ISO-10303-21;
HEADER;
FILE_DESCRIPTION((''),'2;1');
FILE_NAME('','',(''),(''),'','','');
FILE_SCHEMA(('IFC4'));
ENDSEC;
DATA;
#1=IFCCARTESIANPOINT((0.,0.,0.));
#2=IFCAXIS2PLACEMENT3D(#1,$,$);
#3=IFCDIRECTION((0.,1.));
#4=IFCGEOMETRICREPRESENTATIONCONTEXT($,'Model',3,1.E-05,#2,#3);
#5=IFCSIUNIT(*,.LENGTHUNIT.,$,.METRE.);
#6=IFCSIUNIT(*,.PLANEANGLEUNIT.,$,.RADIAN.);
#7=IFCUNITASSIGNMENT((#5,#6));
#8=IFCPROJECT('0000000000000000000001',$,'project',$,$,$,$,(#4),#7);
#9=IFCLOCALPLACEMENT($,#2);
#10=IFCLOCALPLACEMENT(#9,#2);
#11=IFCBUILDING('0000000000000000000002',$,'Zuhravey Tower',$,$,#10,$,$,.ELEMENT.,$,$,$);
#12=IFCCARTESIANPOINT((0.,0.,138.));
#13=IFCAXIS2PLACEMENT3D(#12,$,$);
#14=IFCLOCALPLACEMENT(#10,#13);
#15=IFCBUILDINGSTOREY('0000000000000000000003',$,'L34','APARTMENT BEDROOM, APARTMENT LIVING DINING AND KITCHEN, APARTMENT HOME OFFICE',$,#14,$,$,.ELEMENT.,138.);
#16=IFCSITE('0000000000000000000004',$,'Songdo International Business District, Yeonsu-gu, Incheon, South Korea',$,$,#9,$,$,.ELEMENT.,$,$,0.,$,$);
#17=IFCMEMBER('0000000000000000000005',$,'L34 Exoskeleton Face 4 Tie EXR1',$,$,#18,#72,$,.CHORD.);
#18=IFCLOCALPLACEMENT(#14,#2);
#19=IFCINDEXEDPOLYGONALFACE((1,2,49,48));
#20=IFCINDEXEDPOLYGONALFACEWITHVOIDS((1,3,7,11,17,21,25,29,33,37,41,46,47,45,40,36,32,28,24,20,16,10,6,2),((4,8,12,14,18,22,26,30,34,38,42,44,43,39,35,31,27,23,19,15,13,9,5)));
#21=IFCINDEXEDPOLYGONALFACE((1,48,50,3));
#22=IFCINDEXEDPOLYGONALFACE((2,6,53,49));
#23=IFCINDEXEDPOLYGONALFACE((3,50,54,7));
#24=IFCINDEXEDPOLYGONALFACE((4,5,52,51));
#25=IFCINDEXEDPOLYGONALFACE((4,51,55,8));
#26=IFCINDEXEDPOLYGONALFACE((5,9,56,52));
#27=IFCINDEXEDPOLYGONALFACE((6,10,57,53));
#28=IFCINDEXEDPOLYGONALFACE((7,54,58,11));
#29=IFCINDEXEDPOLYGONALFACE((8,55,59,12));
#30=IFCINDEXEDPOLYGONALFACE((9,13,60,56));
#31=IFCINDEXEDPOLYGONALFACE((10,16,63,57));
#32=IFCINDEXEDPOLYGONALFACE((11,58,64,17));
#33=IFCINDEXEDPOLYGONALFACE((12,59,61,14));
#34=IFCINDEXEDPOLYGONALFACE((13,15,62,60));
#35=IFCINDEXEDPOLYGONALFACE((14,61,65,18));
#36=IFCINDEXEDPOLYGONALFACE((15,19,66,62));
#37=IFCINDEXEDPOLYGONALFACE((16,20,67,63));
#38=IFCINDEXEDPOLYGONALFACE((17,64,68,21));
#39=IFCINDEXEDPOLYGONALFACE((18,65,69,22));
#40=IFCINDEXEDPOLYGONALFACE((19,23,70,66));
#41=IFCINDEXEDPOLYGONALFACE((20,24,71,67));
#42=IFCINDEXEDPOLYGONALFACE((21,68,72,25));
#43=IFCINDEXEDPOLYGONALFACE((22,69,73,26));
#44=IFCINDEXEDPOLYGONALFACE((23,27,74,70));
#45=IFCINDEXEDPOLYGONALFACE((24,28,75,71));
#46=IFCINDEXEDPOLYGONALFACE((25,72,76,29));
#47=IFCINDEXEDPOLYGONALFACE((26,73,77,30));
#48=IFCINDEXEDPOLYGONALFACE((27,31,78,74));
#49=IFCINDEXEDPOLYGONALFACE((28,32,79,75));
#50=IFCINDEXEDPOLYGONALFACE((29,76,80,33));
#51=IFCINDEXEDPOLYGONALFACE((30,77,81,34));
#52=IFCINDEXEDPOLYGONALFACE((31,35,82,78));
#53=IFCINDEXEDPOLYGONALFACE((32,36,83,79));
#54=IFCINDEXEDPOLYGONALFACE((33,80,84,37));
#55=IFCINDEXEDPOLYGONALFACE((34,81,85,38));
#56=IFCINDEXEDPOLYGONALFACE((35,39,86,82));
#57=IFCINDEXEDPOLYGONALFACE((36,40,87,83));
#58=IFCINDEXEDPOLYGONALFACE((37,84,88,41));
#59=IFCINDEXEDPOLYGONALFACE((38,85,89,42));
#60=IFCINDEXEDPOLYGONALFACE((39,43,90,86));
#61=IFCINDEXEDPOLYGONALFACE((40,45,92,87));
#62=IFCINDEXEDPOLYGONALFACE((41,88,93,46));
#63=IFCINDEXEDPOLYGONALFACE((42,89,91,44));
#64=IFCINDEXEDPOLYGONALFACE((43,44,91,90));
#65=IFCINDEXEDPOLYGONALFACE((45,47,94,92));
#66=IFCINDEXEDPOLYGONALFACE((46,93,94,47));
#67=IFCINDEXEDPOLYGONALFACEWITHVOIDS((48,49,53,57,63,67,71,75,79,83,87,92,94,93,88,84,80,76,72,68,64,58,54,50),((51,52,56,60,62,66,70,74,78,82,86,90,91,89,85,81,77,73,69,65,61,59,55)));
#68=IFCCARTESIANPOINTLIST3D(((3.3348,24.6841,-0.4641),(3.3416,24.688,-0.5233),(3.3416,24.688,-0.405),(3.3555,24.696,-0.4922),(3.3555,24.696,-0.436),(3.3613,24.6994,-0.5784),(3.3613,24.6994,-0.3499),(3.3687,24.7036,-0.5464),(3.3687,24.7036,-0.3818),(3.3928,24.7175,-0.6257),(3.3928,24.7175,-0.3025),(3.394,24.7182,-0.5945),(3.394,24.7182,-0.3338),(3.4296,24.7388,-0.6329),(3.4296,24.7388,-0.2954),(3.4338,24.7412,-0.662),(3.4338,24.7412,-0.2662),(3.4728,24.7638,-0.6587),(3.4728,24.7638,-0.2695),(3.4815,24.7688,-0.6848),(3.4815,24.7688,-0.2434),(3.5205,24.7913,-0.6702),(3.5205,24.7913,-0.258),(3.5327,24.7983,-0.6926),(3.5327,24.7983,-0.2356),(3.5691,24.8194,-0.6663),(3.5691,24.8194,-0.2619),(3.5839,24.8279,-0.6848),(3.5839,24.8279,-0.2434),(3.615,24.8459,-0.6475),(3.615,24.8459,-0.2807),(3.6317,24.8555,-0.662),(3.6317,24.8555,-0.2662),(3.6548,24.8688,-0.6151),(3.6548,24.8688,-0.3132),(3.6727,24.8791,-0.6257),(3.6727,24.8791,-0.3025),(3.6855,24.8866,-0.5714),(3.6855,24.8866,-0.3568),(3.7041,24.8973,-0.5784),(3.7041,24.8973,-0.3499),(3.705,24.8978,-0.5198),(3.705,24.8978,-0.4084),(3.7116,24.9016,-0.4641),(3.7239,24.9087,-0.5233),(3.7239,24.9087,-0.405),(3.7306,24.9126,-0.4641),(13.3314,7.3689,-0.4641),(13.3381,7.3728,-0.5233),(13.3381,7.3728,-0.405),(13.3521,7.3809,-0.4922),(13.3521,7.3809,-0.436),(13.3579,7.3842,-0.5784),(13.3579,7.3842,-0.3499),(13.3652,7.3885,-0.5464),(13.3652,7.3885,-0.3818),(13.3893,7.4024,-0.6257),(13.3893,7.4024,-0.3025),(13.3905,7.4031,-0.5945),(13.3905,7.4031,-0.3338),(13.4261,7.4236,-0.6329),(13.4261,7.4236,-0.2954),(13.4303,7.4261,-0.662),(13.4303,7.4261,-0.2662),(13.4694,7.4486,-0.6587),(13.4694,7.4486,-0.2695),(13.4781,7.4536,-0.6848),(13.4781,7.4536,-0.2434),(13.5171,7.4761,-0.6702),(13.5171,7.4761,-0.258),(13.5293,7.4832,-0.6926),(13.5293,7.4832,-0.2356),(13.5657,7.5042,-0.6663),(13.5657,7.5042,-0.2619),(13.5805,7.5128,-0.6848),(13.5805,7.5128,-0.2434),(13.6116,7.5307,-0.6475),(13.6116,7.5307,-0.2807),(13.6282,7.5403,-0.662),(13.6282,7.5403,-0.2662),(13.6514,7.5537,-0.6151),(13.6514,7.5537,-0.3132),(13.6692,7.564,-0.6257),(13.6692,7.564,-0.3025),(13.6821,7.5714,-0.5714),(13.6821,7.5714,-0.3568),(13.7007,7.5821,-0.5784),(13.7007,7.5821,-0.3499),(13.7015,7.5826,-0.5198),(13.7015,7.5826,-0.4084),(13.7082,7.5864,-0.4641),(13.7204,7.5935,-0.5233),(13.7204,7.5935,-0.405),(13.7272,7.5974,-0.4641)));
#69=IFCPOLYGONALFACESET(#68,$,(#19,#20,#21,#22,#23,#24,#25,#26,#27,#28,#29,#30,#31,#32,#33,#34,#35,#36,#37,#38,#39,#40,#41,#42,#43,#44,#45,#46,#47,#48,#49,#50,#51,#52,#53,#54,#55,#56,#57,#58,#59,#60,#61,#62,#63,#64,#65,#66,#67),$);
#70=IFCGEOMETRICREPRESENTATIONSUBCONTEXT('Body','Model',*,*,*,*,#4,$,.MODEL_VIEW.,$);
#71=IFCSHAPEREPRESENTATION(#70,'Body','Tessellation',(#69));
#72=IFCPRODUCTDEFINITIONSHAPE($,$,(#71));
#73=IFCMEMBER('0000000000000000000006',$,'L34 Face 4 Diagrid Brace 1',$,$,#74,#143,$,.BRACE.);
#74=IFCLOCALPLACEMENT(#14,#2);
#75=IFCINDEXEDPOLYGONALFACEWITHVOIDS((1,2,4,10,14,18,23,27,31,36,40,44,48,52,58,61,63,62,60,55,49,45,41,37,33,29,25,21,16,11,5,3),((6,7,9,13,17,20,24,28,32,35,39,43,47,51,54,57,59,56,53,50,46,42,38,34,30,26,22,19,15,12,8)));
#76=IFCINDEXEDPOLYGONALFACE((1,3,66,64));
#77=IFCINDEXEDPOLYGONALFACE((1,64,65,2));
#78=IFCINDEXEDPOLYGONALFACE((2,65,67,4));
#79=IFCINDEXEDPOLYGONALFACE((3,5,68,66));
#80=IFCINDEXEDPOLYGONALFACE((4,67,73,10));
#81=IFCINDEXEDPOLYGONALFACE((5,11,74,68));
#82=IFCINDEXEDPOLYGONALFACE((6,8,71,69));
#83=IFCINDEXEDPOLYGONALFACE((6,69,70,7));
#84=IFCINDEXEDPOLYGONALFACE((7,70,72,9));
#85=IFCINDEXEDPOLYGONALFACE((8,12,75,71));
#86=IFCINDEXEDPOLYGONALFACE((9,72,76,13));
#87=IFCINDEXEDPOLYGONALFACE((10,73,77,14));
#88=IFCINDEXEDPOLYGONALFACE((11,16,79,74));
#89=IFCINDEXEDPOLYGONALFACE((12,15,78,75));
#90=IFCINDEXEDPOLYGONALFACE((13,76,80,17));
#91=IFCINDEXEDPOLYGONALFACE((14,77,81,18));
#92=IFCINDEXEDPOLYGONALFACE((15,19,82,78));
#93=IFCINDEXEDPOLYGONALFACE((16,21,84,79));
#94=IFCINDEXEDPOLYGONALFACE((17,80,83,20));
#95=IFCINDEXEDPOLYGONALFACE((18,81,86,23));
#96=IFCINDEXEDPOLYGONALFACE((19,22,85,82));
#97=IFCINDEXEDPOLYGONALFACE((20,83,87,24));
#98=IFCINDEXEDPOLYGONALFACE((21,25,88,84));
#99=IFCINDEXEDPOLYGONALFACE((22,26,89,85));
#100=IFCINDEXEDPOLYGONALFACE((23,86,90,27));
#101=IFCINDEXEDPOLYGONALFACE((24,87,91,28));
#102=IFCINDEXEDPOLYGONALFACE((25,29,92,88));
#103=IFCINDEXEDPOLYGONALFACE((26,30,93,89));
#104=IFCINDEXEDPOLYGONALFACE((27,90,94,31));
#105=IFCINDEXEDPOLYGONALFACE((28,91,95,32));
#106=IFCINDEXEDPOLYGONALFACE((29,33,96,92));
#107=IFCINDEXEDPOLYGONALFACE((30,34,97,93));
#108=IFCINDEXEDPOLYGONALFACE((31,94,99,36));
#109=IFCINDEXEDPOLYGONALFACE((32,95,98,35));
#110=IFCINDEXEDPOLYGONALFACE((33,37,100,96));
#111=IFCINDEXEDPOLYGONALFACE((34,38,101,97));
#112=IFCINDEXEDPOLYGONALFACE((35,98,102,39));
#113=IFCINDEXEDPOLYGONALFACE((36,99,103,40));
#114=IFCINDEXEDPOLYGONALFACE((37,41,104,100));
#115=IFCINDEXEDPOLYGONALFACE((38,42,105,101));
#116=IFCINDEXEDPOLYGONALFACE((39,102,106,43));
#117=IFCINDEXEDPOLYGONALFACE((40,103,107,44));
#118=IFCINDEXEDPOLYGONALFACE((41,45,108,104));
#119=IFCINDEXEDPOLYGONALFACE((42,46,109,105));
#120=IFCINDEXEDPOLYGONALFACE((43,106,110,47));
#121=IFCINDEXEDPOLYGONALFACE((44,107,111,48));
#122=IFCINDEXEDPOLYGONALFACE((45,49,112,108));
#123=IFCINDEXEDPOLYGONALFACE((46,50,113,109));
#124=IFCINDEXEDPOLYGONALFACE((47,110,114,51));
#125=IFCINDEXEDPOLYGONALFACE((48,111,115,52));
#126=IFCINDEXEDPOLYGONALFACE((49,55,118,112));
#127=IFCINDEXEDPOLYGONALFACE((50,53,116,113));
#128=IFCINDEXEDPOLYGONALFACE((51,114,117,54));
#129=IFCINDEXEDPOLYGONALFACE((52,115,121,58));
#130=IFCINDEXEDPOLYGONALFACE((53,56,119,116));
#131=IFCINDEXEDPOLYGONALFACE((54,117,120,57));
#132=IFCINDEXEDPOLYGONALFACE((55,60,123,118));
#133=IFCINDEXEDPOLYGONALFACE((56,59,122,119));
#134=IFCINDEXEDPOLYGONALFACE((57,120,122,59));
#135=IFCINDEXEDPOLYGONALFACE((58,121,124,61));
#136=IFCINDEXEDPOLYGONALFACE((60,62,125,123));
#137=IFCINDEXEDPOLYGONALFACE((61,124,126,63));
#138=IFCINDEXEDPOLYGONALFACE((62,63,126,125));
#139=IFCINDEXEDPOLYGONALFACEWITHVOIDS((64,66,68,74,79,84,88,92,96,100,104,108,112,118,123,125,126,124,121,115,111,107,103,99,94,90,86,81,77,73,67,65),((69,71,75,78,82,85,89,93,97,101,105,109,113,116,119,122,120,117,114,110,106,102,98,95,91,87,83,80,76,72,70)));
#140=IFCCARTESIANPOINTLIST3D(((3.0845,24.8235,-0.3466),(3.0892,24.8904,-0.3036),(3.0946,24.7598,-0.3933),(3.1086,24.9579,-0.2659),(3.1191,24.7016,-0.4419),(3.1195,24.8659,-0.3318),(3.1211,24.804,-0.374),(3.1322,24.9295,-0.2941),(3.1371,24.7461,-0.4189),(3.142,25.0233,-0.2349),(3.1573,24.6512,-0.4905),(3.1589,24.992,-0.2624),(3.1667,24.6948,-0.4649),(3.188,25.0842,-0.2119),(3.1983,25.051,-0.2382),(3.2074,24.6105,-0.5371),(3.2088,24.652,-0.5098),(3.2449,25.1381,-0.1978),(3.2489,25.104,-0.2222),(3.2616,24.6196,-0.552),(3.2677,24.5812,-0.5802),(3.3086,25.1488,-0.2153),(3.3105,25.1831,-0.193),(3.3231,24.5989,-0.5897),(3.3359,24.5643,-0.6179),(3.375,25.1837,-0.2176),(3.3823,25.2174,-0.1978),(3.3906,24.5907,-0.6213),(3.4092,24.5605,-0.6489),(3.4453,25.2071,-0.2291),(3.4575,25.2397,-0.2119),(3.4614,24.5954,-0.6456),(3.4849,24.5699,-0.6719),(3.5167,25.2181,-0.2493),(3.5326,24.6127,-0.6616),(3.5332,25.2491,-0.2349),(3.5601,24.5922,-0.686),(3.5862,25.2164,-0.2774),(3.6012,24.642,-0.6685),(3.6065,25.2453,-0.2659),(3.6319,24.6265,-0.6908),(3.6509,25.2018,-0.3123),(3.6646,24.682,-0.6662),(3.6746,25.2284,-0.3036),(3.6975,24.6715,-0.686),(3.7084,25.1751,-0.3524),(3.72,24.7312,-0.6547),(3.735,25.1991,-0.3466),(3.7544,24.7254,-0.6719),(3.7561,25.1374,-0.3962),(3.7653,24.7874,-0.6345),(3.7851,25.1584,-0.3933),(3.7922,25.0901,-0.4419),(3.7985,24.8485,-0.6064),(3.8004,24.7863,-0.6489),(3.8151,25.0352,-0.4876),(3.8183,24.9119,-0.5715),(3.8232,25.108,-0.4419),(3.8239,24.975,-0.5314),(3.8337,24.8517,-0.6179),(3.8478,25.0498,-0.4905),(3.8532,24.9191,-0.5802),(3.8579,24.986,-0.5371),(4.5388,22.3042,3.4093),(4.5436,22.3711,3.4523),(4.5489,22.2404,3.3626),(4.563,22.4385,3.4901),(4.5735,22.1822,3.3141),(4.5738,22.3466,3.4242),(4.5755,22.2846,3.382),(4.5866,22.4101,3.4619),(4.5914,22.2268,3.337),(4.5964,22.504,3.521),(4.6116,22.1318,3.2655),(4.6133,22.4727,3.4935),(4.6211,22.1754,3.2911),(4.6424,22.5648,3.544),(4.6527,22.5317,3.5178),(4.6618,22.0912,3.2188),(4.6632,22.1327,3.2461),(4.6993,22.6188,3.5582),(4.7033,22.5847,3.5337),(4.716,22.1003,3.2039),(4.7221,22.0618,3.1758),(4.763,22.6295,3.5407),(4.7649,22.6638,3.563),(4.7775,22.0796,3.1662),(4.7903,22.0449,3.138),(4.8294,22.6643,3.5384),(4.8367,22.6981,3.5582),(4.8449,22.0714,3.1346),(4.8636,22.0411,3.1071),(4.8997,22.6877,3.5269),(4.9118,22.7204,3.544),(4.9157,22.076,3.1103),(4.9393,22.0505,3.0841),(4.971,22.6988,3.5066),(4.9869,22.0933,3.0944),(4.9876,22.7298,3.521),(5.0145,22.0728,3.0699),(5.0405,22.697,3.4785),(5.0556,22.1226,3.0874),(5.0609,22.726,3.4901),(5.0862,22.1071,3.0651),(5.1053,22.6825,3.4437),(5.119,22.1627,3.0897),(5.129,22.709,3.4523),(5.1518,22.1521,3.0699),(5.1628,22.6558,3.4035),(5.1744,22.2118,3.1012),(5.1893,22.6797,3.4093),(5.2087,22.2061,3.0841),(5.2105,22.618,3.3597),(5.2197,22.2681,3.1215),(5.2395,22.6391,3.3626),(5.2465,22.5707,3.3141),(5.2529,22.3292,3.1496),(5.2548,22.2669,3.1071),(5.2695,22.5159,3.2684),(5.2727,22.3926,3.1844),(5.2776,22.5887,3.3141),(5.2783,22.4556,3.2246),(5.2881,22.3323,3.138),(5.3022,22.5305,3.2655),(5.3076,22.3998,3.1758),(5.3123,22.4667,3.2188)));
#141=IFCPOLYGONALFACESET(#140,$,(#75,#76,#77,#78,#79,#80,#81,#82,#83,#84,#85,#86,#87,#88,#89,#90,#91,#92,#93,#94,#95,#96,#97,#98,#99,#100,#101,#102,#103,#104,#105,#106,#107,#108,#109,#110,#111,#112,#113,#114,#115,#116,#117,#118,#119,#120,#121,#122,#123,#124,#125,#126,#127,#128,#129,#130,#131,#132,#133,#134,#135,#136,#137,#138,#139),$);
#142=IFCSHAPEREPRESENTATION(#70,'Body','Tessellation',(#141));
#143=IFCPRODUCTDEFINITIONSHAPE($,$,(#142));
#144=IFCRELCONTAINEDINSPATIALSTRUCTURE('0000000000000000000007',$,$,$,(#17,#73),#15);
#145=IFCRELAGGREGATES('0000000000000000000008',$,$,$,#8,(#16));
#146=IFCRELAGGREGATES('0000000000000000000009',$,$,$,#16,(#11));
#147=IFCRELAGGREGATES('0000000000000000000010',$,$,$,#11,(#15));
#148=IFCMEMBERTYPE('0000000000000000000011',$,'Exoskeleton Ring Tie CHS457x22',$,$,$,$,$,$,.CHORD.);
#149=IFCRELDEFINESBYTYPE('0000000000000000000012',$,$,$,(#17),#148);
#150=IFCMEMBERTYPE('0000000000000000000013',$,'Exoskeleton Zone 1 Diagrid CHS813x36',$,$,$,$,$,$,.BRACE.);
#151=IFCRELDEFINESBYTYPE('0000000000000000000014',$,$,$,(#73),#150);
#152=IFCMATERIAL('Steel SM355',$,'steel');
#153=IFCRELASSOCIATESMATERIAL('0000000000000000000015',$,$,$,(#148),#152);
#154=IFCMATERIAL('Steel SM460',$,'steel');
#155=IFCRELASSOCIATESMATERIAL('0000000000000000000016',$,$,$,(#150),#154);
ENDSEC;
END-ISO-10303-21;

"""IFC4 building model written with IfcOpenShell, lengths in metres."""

from ifc_helpers import new_model, si_unit, direction, frame, origin, origin_2d, place, context, subcontext, project, spatial, hollow_circle, extrude, material, material_profile, profile_set, type_object, element, save


model = new_model("IFC4")

# Units and contexts
model_context = context("Model", 3, precision=1e-05, world=origin(), true_north=direction((0.0, 1.0)))
body_context = subcontext(model_context, "Body", "Model", "MODEL_VIEW")
ifc_project = project(units=[si_unit("LENGTHUNIT", "METRE"), si_unit("PLANEANGLEUNIT", "RADIAN")], contexts=[model_context])

# Site, building, storey
site_placement = place(None, origin())
site = spatial("IfcSite", under=ifc_project, at=site_placement, Name="Songdo International Business District, Yeonsu-gu, Incheon, South Korea", CompositionType="ELEMENT", RefElevation=0.0)
building_placement = place(site_placement, origin())
building = spatial("IfcBuilding", under=site, at=building_placement, Name="Zuhravey Tower", CompositionType="ELEMENT")
storey_placement = place(building_placement, frame((0.0, 0.0, 138.0)))
storey = spatial("IfcBuildingStorey", under=building, at=storey_placement, Name="L34", Description="APARTMENT BEDROOM, APARTMENT LIVING DINING AND KITCHEN, APARTMENT HOME OFFICE", CompositionType="ELEMENT", Elevation=138.0)

# Shared definitions
ifc_material_1 = material(Name="Steel SM460", Category="steel")

# Members
ifc_material_2 = material(Name="Steel SM355", Category="steel")
ifc_material_profile_1 = material_profile(ifc_material_2, hollow_circle(Radius=0.2285, WallThickness=0.022, at=origin_2d()), Name="CHS-457.2x22")
ifc_profile_set_1 = profile_set([ifc_material_profile_1], Name="Steel SM355")
member_type_1 = type_object("IfcMemberType", Name="Exoskeleton Ring Tie CHS457x22", PredefinedType="CHORD", material=ifc_profile_set_1)
member_1_placement = place(storey_placement, frame((3.5327, 24.7983, -0.4641), z_axis=(0.499987, -0.866033, 0.0), x_axis=(0.866033, 0.499987, 0.0)))
element("IfcMember", 1, at=member_1_placement, inside=storey, type_object=member_type_1, Name="L34 Exoskeleton Face 4 Tie EXR1", PredefinedType="CHORD", context=body_context, shape_type="SweptSolid", body=[
    extrude(hollow_circle(Radius=0.2285, WallThickness=0.022, at=origin_2d()), origin(), (0.0, 0.0, 1.0), 19.9937),
])
ifc_material_profile_2 = material_profile(ifc_material_1, hollow_circle(Radius=0.4065, WallThickness=0.0359, at=origin_2d()), Name="CHS-812.8x36")
ifc_profile_set_2 = profile_set([ifc_material_profile_2], Name="Steel SM460")
member_type_2 = type_object("IfcMemberType", Name="Exoskeleton Zone 1 Diagrid CHS813x36", PredefinedType="BRACE", material=ifc_profile_set_2)
member_2_placement = place(storey_placement, frame((3.4712, 24.9048, -0.4419), z_axis=(0.306138, -0.530307, 0.790604), x_axis=(0.86605, 0.499957, 0.0)))
element("IfcMember", 2, at=member_2_placement, inside=storey, type_object=member_type_2, Name="L34 Face 4 Diagrid Brace 1", PredefinedType="BRACE", context=body_context, shape_type="SweptSolid", body=[
    extrude(hollow_circle(Radius=0.4065, WallThickness=0.0359, at=origin_2d()), origin(), (0.0, 0.0, 1.0), 4.7507),
])

save(model, "model.ifc")
